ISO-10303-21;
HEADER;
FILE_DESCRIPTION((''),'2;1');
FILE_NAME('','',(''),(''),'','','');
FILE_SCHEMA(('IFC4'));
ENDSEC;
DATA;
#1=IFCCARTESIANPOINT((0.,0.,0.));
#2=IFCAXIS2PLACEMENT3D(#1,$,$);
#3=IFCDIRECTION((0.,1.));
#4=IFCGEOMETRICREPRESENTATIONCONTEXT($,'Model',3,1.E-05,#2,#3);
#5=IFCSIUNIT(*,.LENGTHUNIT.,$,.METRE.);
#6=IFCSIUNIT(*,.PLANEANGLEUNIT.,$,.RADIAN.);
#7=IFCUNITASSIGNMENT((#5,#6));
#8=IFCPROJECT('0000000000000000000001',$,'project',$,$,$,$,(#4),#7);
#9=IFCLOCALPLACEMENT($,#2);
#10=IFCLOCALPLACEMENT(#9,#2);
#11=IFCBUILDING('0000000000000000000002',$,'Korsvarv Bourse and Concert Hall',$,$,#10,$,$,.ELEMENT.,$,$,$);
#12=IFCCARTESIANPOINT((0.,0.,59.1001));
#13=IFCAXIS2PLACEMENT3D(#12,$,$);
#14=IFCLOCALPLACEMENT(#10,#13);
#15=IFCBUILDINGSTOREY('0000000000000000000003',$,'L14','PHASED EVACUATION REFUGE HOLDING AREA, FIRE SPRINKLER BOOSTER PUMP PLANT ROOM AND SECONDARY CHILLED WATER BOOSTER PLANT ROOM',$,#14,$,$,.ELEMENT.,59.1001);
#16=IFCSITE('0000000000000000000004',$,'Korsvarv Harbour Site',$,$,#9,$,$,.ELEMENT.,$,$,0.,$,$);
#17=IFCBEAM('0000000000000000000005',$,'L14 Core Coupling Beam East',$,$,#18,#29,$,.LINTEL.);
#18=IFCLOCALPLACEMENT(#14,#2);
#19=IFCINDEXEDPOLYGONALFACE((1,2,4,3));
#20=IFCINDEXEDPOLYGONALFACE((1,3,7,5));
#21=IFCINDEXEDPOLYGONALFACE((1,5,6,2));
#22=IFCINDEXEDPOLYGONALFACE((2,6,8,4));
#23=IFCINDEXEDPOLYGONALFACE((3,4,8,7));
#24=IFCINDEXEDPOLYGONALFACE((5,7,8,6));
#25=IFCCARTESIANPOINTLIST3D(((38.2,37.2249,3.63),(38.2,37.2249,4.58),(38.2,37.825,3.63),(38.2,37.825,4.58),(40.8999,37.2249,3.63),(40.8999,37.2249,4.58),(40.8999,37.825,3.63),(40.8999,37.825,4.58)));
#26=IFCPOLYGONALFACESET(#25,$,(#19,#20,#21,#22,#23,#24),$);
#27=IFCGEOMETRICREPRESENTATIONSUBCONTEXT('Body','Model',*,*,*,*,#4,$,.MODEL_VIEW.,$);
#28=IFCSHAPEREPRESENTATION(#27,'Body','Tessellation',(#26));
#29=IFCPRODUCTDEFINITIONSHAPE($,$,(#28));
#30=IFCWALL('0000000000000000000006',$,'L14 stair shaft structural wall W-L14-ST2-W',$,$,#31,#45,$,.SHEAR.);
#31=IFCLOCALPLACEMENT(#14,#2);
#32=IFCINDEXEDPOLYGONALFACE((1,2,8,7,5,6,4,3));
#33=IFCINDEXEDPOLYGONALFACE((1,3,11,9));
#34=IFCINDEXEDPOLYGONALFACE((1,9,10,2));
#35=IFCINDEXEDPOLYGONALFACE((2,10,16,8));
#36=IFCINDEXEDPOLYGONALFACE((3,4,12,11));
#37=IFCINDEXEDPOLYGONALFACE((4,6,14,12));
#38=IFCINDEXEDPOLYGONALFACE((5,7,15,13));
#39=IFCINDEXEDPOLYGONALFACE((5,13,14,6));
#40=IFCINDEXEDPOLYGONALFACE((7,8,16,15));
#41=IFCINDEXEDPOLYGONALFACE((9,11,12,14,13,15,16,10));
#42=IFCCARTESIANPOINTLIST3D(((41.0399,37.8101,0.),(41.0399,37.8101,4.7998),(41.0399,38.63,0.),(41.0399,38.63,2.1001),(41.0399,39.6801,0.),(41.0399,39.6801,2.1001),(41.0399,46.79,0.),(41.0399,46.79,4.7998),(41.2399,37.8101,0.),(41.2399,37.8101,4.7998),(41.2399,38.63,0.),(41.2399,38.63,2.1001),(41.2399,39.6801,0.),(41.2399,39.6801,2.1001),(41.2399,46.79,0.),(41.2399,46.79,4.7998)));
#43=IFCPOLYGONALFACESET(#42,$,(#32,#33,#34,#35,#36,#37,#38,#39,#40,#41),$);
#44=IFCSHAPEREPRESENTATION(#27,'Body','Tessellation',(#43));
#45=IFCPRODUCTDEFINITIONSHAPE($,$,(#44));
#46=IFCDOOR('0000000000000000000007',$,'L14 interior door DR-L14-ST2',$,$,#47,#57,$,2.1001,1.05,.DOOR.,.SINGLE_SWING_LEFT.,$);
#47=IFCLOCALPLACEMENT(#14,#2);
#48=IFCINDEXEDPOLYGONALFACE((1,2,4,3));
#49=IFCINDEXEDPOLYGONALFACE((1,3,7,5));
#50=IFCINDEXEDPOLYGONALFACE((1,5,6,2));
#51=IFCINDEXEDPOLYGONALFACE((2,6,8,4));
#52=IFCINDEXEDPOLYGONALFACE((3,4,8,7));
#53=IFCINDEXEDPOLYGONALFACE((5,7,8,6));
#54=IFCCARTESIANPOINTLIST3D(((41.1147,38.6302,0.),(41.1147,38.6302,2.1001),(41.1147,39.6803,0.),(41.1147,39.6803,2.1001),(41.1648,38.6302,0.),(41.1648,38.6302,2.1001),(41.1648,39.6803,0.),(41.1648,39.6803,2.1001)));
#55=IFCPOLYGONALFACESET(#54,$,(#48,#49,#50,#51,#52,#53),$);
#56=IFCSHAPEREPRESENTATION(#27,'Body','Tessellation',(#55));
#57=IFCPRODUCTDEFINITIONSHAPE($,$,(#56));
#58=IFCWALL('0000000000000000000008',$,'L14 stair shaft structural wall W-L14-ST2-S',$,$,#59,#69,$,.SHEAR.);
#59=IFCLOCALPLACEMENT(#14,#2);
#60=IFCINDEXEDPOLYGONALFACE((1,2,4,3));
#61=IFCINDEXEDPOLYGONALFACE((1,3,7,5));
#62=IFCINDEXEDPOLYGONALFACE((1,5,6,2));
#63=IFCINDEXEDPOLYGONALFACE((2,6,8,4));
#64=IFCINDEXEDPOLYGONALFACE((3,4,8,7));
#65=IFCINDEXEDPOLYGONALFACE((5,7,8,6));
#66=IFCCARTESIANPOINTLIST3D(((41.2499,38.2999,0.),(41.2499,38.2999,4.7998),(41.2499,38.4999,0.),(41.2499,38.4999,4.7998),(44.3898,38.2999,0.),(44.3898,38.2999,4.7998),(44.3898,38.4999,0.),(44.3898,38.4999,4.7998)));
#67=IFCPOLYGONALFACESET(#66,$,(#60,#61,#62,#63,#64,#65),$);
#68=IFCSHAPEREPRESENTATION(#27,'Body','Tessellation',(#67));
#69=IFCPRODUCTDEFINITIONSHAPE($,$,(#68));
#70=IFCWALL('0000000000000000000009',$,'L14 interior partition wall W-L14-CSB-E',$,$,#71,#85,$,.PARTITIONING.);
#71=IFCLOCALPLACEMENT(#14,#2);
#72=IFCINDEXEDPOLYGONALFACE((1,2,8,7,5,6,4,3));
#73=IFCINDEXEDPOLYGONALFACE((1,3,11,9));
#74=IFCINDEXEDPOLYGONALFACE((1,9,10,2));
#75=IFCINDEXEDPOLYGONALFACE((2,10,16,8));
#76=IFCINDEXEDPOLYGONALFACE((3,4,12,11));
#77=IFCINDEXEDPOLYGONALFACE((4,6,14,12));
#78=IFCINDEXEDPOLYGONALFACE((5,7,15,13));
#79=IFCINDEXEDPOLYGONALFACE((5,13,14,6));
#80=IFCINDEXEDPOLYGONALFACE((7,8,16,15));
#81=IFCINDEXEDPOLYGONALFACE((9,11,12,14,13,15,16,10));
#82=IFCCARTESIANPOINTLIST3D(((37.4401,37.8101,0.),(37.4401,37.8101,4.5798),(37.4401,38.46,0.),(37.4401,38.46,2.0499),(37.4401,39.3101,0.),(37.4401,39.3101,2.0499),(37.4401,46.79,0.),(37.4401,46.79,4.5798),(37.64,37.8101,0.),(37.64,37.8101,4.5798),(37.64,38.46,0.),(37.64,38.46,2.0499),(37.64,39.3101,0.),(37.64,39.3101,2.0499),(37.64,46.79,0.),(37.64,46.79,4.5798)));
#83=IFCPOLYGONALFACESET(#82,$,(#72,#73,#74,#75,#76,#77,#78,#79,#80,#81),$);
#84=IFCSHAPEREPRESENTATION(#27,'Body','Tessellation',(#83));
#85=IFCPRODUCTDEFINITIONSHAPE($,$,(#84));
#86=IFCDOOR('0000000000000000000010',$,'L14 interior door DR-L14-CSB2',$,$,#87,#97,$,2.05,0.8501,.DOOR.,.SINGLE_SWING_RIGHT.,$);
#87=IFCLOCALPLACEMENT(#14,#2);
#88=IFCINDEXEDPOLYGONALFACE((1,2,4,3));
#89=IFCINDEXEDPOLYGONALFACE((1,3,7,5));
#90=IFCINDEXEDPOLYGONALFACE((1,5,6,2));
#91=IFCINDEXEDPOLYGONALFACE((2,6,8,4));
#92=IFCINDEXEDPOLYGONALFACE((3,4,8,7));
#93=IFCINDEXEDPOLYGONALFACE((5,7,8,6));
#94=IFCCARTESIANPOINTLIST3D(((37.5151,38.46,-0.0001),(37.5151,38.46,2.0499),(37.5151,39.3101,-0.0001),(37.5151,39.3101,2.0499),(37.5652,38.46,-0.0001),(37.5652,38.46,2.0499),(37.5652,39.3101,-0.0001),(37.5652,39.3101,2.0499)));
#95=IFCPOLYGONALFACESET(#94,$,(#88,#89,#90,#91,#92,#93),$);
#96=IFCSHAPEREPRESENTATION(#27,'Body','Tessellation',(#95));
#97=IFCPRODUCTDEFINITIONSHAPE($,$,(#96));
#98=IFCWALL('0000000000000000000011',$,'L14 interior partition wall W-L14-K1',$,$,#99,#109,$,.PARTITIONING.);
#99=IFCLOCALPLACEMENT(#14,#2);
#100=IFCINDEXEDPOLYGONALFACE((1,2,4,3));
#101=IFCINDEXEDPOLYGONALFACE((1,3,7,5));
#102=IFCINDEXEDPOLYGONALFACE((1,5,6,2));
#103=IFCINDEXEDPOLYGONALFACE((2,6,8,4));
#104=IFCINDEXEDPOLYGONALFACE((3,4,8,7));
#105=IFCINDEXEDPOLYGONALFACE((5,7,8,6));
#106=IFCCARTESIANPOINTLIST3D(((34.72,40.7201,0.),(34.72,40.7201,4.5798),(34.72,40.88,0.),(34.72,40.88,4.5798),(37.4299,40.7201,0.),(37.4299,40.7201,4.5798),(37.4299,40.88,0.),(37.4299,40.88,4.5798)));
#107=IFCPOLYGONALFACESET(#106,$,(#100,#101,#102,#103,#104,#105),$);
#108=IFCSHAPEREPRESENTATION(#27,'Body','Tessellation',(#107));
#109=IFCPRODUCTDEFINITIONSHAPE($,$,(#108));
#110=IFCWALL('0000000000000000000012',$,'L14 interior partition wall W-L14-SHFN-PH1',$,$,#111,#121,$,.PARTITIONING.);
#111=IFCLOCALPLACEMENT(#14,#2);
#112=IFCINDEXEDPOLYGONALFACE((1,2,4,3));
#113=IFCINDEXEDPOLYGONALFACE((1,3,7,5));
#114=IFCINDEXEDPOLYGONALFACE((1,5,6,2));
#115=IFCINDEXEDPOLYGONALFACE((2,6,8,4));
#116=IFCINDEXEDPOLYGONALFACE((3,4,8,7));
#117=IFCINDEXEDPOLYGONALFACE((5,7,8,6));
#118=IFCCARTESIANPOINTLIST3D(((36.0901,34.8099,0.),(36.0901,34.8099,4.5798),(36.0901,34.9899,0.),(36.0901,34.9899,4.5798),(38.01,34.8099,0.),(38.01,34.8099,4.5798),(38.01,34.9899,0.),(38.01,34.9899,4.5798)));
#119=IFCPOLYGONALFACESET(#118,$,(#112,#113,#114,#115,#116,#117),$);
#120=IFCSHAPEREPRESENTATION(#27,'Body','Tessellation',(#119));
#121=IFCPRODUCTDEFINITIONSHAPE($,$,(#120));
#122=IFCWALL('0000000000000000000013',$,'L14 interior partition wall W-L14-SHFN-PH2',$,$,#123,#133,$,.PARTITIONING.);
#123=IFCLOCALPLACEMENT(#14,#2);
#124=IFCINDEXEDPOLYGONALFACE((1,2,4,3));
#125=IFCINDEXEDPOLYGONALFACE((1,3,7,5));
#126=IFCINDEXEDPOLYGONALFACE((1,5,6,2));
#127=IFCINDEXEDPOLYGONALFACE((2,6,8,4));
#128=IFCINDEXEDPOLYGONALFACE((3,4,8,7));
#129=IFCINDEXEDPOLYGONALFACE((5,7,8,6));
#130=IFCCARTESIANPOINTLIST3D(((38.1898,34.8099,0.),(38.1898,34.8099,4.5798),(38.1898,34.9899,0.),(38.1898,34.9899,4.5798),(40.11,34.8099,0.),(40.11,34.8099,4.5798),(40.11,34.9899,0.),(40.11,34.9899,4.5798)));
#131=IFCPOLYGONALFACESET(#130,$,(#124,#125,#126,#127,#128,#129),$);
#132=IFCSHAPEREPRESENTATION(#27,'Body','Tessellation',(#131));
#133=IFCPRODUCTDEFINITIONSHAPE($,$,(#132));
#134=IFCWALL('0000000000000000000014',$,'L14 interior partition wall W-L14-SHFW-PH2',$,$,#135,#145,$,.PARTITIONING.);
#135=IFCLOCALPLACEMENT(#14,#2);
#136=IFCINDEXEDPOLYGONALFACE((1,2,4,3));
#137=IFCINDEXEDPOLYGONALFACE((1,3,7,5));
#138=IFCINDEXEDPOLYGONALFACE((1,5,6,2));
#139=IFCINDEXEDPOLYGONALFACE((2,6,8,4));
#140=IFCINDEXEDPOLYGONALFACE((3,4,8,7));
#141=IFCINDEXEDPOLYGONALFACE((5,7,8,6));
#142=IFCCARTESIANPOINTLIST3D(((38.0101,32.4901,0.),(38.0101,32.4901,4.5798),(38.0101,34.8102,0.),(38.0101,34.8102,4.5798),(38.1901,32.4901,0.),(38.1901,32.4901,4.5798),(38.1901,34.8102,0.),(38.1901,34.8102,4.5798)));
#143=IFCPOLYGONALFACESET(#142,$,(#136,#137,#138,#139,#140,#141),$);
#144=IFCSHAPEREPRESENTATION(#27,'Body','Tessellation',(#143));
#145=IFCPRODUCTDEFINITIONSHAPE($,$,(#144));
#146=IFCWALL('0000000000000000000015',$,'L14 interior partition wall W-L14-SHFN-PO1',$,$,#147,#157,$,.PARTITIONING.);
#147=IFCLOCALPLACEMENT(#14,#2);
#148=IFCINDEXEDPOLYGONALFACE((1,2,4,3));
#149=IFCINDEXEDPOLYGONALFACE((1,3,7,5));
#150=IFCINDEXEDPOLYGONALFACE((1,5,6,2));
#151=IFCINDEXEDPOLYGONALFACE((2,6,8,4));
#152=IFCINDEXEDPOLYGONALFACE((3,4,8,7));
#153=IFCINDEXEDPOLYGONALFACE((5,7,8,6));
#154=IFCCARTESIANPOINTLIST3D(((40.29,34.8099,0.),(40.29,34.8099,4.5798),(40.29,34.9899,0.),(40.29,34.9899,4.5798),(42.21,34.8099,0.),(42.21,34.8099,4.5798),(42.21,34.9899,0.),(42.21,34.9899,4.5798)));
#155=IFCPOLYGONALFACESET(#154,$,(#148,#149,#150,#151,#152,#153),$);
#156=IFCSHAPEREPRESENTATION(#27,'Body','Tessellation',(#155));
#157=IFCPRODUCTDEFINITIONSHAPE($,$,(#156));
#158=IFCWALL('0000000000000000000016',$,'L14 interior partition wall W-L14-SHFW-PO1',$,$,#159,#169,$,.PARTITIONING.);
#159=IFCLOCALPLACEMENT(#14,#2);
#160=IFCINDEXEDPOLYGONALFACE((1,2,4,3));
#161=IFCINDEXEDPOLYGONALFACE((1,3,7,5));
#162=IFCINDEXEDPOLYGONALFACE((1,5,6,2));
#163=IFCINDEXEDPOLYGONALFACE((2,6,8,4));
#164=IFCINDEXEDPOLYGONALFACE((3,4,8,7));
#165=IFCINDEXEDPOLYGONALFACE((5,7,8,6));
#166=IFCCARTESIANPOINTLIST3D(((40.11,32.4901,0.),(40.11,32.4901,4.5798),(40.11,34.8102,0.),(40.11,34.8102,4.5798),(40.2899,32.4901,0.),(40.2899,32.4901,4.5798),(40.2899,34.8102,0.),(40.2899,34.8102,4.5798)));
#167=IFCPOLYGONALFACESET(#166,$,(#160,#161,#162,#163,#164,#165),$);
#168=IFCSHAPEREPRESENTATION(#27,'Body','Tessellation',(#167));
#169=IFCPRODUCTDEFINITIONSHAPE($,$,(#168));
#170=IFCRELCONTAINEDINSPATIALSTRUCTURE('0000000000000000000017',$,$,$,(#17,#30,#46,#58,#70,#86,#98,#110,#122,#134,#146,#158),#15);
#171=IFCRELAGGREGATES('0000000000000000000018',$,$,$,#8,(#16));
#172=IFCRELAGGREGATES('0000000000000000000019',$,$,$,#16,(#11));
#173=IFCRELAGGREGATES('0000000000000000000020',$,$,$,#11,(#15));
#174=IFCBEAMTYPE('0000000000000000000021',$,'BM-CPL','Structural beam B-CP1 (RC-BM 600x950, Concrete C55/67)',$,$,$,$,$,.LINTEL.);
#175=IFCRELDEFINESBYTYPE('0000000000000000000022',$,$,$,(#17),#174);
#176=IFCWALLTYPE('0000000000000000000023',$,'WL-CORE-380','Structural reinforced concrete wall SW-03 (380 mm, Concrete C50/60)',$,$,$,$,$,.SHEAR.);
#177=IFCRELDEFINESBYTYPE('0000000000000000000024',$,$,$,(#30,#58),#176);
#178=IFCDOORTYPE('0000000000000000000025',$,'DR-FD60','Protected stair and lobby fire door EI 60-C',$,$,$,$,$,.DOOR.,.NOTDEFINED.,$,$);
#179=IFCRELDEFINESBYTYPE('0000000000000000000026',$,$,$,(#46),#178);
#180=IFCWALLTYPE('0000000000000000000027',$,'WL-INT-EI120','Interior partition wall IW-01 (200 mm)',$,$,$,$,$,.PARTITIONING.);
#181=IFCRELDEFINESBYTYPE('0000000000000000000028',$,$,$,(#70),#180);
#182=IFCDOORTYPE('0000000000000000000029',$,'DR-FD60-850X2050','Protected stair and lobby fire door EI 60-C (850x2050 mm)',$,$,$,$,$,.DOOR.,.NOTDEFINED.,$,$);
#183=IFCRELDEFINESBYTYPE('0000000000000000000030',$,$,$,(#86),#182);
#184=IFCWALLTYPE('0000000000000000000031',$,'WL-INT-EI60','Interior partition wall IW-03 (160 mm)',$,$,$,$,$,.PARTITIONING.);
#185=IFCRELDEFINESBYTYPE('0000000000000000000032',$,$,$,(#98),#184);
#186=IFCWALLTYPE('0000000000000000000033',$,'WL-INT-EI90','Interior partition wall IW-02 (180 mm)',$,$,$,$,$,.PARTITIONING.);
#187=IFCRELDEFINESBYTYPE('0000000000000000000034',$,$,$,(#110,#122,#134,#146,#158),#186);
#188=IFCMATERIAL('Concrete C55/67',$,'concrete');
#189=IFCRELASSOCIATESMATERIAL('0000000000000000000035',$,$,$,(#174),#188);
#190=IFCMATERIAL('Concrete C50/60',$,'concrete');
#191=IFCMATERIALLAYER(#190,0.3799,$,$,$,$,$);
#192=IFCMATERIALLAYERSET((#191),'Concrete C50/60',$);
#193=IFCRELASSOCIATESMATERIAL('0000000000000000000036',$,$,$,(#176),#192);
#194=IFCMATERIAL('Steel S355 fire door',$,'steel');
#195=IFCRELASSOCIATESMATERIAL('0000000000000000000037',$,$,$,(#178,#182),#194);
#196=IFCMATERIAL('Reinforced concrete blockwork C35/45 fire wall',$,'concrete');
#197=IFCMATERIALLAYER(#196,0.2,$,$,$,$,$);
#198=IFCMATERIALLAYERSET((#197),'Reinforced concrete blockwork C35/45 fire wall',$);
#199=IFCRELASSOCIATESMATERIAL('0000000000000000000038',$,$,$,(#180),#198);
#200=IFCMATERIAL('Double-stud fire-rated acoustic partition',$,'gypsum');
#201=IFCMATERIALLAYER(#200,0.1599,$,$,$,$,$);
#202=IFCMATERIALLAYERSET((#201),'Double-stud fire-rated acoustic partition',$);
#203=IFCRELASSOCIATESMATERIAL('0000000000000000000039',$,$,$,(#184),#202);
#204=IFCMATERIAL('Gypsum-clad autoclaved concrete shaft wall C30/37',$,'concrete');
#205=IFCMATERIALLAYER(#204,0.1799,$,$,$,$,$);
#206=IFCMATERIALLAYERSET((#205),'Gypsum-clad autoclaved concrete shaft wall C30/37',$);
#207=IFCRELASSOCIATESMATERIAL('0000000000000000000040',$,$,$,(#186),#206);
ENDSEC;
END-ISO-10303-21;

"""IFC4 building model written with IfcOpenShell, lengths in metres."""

from ifc_helpers import new_model, si_unit, direction, frame, frame_2d, origin, origin_2d, place, context, subcontext, project, spatial, rectangle, extrude, source, transform, mapped, material, layer, layer_set, material_profile, profile_set, type_object, element, fill, save


model = new_model("IFC4")

# Units and contexts
model_context = context("Model", 3, precision=1e-05, world=origin(), true_north=direction((0.0, 1.0)))
body_context = subcontext(model_context, "Body", "Model", "MODEL_VIEW")
ifc_project = project(units=[si_unit("LENGTHUNIT", "METRE"), si_unit("PLANEANGLEUNIT", "RADIAN")], contexts=[model_context])

# Site, building, storey
site_placement = place(None, origin())
site = spatial("IfcSite", under=ifc_project, at=site_placement, Name="Korsvarv Harbour Site", CompositionType="ELEMENT", RefElevation=0.0)
building_placement = place(site_placement, origin())
building = spatial("IfcBuilding", under=site, at=building_placement, Name="Korsvarv Bourse and Concert Hall", CompositionType="ELEMENT")
storey_placement = place(building_placement, frame((0.0, 0.0, 59.1001)))
storey = spatial("IfcBuildingStorey", under=building, at=storey_placement, Name="L14", Description="PHASED EVACUATION REFUGE HOLDING AREA, FIRE SPRINKLER BOOSTER PUMP PLANT ROOM AND SECONDARY CHILLED WATER BOOSTER PLANT ROOM", CompositionType="ELEMENT", Elevation=59.1001)

# Beam
ifc_material_1 = material(Name="Concrete C55/67", Category="concrete")
ifc_material_profile = material_profile(ifc_material_1, rectangle(XDim=0.6001, YDim=0.95, at=origin_2d()), Name="RC-BM 600x950")
ifc_profile_set = profile_set([ifc_material_profile], Name="Concrete C55/67")
beam_type = type_object("IfcBeamType", Name="BM-CPL", Description="Structural beam B-CP1 (RC-BM 600x950, Concrete C55/67)", PredefinedType="LINTEL", material=ifc_profile_set)
shared_shape = source(origin(), body_context, "Body", "SweptSolid", [
    extrude(rectangle(XDim=0.6001, YDim=0.95, at=origin_2d()), origin(), (0.0, 0.0, 1.0), 2.7),
])
beam_placement = place(storey_placement, frame((38.2, 37.5249, 4.105), z_axis=(1.0, 0.0, 0.0), x_axis=(0.0, 1.0, 0.0)))
element("IfcBeam", 1, at=beam_placement, inside=storey, type_object=beam_type, Name="L14 Core Coupling Beam East", PredefinedType="LINTEL", context=body_context, shape_type="MappedRepresentation", body=[
    mapped(shared_shape, transform((0.0, 0.0, 0.0), scale=1.0)),
])

# Wall, opening, door
ifc_material_2 = material(Name="Concrete C50/60", Category="concrete")
ifc_layer_1 = layer(ifc_material_2, 0.3799)
ifc_layer_set_1 = layer_set([ifc_layer_1], Name="Concrete C50/60")
wall_type_1 = type_object("IfcWallType", Name="WL-CORE-380", Description="Structural reinforced concrete wall SW-03 (380 mm, Concrete C50/60)", PredefinedType="SHEAR", material=ifc_layer_set_1)
wall_1_placement = place(storey_placement, frame((41.1399, 37.8101, 0.0), z_axis=(0.0, 0.0, 1.0), x_axis=(0.0, 1.0, 0.0)))
wall_1 = element("IfcWall", 2, at=wall_1_placement, inside=storey, type_object=wall_type_1, Name="L14 stair shaft structural wall W-L14-ST2-W", PredefinedType="SHEAR", context=body_context, shape_type="SweptSolid", body=[
    extrude(rectangle(XDim=8.98, YDim=0.2, at=frame_2d((4.49, 0.0))), origin(), (0.0, 0.0, 1.0), 4.7998),
])
opening_1_placement = place(wall_1_placement, frame((0.8201, 0.0, 0.0)))
opening_1 = element("IfcOpeningElement", 3, at=opening_1_placement, cuts=wall_1, PredefinedType="OPENING", context=body_context, shape_type="SweptSolid", body=[
    extrude(rectangle(XDim=1.05, YDim=2.1001, at=frame_2d((0.5249, 1.05))), frame((0.0, 0.1099, 0.0), z_axis=(0.0, -1.0, 0.0), x_axis=(1.0, 0.0, 0.0)), (0.0, 0.0, 1.0), 0.22),
])
ifc_material_3 = material(Name="Steel S355 fire door", Category="steel")
door_type_1 = type_object("IfcDoorType", Name="DR-FD60", Description="Protected stair and lobby fire door EI 60-C", OperationType="NOTDEFINED", PredefinedType="DOOR", material=ifc_material_3)
door_1_placement = place(opening_1_placement, frame((1.05, 0.0, 0.0), z_axis=(0.0, 0.0, 1.0), x_axis=(-1.0, 0.0, 0.0)))
door_1 = element("IfcDoor", 4, at=door_1_placement, inside=storey, type_object=door_type_1, Name="L14 interior door DR-L14-ST2", OperationType="SINGLE_SWING_LEFT", OverallHeight=2.1001, OverallWidth=1.05, PredefinedType="DOOR", context=body_context, shape_type="SweptSolid", body=[
    extrude(rectangle(XDim=1.05, YDim=2.1001, at=frame_2d((0.5249, 1.05))), frame((0.0, 0.0249, 0.0), z_axis=(0.0, -1.0, 0.0), x_axis=(1.0, 0.0, 0.0)), (0.0, 0.0, 1.0), 0.05),
])
fill(opening_1, door_1)

# Wall
wall_2_placement = place(storey_placement, frame((41.25, 38.3999, 0.0), z_axis=(0.0, 0.0, 1.0), x_axis=(1.0, 0.0, 0.0)))
element("IfcWall", 5, at=wall_2_placement, inside=storey, type_object=wall_type_1, Name="L14 stair shaft structural wall W-L14-ST2-S", PredefinedType="SHEAR", context=body_context, shape_type="SweptSolid", body=[
    extrude(rectangle(XDim=3.1399, YDim=0.2, at=frame_2d((1.5698, 0.0))), origin(), (0.0, 0.0, 1.0), 4.7998),
])

# Wall, opening, door
ifc_material_4 = material(Name="Reinforced concrete blockwork C35/45 fire wall", Category="concrete")
ifc_layer_2 = layer(ifc_material_4, 0.2)
ifc_layer_set_2 = layer_set([ifc_layer_2], Name="Reinforced concrete blockwork C35/45 fire wall")
wall_type_2 = type_object("IfcWallType", Name="WL-INT-EI120", Description="Interior partition wall IW-01 (200 mm)", PredefinedType="PARTITIONING", material=ifc_layer_set_2)
wall_3_placement = place(storey_placement, frame((37.54, 37.8101, 0.0), z_axis=(0.0, 0.0, 1.0), x_axis=(0.0, 1.0, 0.0)))
wall_3 = element("IfcWall", 6, at=wall_3_placement, inside=storey, type_object=wall_type_2, Name="L14 interior partition wall W-L14-CSB-E", PredefinedType="PARTITIONING", context=body_context, shape_type="SweptSolid", body=[
    extrude(rectangle(XDim=8.98, YDim=0.2, at=frame_2d((4.49, 0.0))), origin(), (0.0, 0.0, 1.0), 4.5798),
])
opening_2_placement = place(wall_3_placement, frame((0.6499, 0.0, 0.0)))
opening_2 = element("IfcOpeningElement", 7, at=opening_2_placement, cuts=wall_3, PredefinedType="OPENING", context=body_context, shape_type="SweptSolid", body=[
    extrude(rectangle(XDim=0.8501, YDim=2.05, at=frame_2d((0.425, 1.0249))), frame((0.0, 0.1099, 0.0), z_axis=(0.0, -1.0, 0.0), x_axis=(1.0, 0.0, 0.0)), (0.0, 0.0, 1.0), 0.22),
])
door_type_2 = type_object("IfcDoorType", Name="DR-FD60-850X2050", Description="Protected stair and lobby fire door EI 60-C (850x2050 mm)", OperationType="NOTDEFINED", PredefinedType="DOOR", material=ifc_material_3)
door_2_placement = place(opening_2_placement, origin())
door_2 = element("IfcDoor", 8, at=door_2_placement, inside=storey, type_object=door_type_2, Name="L14 interior door DR-L14-CSB2", OperationType="SINGLE_SWING_RIGHT", OverallHeight=2.05, OverallWidth=0.8501, PredefinedType="DOOR", context=body_context, shape_type="SweptSolid", body=[
    extrude(rectangle(XDim=0.8501, YDim=2.05, at=frame_2d((0.425, 1.0249))), frame((0.0, 0.0249, 0.0), z_axis=(0.0, -1.0, 0.0), x_axis=(1.0, 0.0, 0.0)), (0.0, 0.0, 1.0), 0.05),
])
fill(opening_2, door_2)

# Walls
ifc_material_5 = material(Name="Double-stud fire-rated acoustic partition", Category="gypsum")
ifc_layer_3 = layer(ifc_material_5, 0.1599)
ifc_layer_set_3 = layer_set([ifc_layer_3], Name="Double-stud fire-rated acoustic partition")
wall_type_3 = type_object("IfcWallType", Name="WL-INT-EI60", Description="Interior partition wall IW-03 (160 mm)", PredefinedType="PARTITIONING", material=ifc_layer_set_3)
wall_4_placement = place(storey_placement, frame((34.72, 40.8, 0.0), z_axis=(0.0, 0.0, 1.0), x_axis=(1.0, 0.0, 0.0)))
element("IfcWall", 9, at=wall_4_placement, inside=storey, type_object=wall_type_3, Name="L14 interior partition wall W-L14-K1", PredefinedType="PARTITIONING", context=body_context, shape_type="SweptSolid", body=[
    extrude(rectangle(XDim=2.71, YDim=0.1599, at=frame_2d((1.355, 0.0))), origin(), (0.0, 0.0, 1.0), 4.5798),
])
ifc_material_6 = material(Name="Gypsum-clad autoclaved concrete shaft wall C30/37", Category="concrete")
ifc_layer_4 = layer(ifc_material_6, 0.1799)
ifc_layer_set_4 = layer_set([ifc_layer_4], Name="Gypsum-clad autoclaved concrete shaft wall C30/37")
wall_type_4 = type_object("IfcWallType", Name="WL-INT-EI90", Description="Interior partition wall IW-02 (180 mm)", PredefinedType="PARTITIONING", material=ifc_layer_set_4)
wall_5_placement = place(storey_placement, frame((36.0901, 34.8999, 0.0), z_axis=(0.0, 0.0, 1.0), x_axis=(1.0, 0.0, 0.0)))
element("IfcWall", 10, at=wall_5_placement, inside=storey, type_object=wall_type_4, Name="L14 interior partition wall W-L14-SHFN-PH1", PredefinedType="PARTITIONING", context=body_context, shape_type="SweptSolid", body=[
    extrude(rectangle(XDim=1.9199, YDim=0.1799, at=frame_2d((0.96, 0.0))), origin(), (0.0, 0.0, 1.0), 4.5798),
])
wall_6_placement = place(storey_placement, frame((38.1899, 34.8999, 0.0), z_axis=(0.0, 0.0, 1.0), x_axis=(1.0, 0.0, 0.0)))
element("IfcWall", 11, at=wall_6_placement, inside=storey, type_object=wall_type_4, Name="L14 interior partition wall W-L14-SHFN-PH2", PredefinedType="PARTITIONING", context=body_context, shape_type="SweptSolid", body=[
    extrude(rectangle(XDim=1.9202, YDim=0.1799, at=frame_2d((0.96, 0.0))), origin(), (0.0, 0.0, 1.0), 4.5798),
])
wall_7_placement = place(storey_placement, frame((38.1001, 32.49, 0.0), z_axis=(0.0, 0.0, 1.0), x_axis=(0.0, 1.0, 0.0)))
element("IfcWall", 12, at=wall_7_placement, inside=storey, type_object=wall_type_4, Name="L14 interior partition wall W-L14-SHFW-PH2", PredefinedType="PARTITIONING", context=body_context, shape_type="SweptSolid", body=[
    extrude(rectangle(XDim=2.3201, YDim=0.1799, at=frame_2d((1.1602, 0.0))), origin(), (0.0, 0.0, 1.0), 4.5798),
])
wall_8_placement = place(storey_placement, frame((40.29, 34.8999, 0.0), z_axis=(0.0, 0.0, 1.0), x_axis=(1.0, 0.0, 0.0)))
element("IfcWall", 13, at=wall_8_placement, inside=storey, type_object=wall_type_4, Name="L14 interior partition wall W-L14-SHFN-PO1", PredefinedType="PARTITIONING", context=body_context, shape_type="SweptSolid", body=[
    extrude(rectangle(XDim=1.9199, YDim=0.1799, at=frame_2d((0.96, 0.0))), origin(), (0.0, 0.0, 1.0), 4.5798),
])
wall_9_placement = place(storey_placement, frame((40.2, 32.49, 0.0), z_axis=(0.0, 0.0, 1.0), x_axis=(0.0, 1.0, 0.0)))
element("IfcWall", 14, at=wall_9_placement, inside=storey, type_object=wall_type_4, Name="L14 interior partition wall W-L14-SHFW-PO1", PredefinedType="PARTITIONING", context=body_context, shape_type="SweptSolid", body=[
    extrude(rectangle(XDim=2.3201, YDim=0.1799, at=frame_2d((1.1602, 0.0))), origin(), (0.0, 0.0, 1.0), 4.5798),
])

save(model, "model.ifc")
